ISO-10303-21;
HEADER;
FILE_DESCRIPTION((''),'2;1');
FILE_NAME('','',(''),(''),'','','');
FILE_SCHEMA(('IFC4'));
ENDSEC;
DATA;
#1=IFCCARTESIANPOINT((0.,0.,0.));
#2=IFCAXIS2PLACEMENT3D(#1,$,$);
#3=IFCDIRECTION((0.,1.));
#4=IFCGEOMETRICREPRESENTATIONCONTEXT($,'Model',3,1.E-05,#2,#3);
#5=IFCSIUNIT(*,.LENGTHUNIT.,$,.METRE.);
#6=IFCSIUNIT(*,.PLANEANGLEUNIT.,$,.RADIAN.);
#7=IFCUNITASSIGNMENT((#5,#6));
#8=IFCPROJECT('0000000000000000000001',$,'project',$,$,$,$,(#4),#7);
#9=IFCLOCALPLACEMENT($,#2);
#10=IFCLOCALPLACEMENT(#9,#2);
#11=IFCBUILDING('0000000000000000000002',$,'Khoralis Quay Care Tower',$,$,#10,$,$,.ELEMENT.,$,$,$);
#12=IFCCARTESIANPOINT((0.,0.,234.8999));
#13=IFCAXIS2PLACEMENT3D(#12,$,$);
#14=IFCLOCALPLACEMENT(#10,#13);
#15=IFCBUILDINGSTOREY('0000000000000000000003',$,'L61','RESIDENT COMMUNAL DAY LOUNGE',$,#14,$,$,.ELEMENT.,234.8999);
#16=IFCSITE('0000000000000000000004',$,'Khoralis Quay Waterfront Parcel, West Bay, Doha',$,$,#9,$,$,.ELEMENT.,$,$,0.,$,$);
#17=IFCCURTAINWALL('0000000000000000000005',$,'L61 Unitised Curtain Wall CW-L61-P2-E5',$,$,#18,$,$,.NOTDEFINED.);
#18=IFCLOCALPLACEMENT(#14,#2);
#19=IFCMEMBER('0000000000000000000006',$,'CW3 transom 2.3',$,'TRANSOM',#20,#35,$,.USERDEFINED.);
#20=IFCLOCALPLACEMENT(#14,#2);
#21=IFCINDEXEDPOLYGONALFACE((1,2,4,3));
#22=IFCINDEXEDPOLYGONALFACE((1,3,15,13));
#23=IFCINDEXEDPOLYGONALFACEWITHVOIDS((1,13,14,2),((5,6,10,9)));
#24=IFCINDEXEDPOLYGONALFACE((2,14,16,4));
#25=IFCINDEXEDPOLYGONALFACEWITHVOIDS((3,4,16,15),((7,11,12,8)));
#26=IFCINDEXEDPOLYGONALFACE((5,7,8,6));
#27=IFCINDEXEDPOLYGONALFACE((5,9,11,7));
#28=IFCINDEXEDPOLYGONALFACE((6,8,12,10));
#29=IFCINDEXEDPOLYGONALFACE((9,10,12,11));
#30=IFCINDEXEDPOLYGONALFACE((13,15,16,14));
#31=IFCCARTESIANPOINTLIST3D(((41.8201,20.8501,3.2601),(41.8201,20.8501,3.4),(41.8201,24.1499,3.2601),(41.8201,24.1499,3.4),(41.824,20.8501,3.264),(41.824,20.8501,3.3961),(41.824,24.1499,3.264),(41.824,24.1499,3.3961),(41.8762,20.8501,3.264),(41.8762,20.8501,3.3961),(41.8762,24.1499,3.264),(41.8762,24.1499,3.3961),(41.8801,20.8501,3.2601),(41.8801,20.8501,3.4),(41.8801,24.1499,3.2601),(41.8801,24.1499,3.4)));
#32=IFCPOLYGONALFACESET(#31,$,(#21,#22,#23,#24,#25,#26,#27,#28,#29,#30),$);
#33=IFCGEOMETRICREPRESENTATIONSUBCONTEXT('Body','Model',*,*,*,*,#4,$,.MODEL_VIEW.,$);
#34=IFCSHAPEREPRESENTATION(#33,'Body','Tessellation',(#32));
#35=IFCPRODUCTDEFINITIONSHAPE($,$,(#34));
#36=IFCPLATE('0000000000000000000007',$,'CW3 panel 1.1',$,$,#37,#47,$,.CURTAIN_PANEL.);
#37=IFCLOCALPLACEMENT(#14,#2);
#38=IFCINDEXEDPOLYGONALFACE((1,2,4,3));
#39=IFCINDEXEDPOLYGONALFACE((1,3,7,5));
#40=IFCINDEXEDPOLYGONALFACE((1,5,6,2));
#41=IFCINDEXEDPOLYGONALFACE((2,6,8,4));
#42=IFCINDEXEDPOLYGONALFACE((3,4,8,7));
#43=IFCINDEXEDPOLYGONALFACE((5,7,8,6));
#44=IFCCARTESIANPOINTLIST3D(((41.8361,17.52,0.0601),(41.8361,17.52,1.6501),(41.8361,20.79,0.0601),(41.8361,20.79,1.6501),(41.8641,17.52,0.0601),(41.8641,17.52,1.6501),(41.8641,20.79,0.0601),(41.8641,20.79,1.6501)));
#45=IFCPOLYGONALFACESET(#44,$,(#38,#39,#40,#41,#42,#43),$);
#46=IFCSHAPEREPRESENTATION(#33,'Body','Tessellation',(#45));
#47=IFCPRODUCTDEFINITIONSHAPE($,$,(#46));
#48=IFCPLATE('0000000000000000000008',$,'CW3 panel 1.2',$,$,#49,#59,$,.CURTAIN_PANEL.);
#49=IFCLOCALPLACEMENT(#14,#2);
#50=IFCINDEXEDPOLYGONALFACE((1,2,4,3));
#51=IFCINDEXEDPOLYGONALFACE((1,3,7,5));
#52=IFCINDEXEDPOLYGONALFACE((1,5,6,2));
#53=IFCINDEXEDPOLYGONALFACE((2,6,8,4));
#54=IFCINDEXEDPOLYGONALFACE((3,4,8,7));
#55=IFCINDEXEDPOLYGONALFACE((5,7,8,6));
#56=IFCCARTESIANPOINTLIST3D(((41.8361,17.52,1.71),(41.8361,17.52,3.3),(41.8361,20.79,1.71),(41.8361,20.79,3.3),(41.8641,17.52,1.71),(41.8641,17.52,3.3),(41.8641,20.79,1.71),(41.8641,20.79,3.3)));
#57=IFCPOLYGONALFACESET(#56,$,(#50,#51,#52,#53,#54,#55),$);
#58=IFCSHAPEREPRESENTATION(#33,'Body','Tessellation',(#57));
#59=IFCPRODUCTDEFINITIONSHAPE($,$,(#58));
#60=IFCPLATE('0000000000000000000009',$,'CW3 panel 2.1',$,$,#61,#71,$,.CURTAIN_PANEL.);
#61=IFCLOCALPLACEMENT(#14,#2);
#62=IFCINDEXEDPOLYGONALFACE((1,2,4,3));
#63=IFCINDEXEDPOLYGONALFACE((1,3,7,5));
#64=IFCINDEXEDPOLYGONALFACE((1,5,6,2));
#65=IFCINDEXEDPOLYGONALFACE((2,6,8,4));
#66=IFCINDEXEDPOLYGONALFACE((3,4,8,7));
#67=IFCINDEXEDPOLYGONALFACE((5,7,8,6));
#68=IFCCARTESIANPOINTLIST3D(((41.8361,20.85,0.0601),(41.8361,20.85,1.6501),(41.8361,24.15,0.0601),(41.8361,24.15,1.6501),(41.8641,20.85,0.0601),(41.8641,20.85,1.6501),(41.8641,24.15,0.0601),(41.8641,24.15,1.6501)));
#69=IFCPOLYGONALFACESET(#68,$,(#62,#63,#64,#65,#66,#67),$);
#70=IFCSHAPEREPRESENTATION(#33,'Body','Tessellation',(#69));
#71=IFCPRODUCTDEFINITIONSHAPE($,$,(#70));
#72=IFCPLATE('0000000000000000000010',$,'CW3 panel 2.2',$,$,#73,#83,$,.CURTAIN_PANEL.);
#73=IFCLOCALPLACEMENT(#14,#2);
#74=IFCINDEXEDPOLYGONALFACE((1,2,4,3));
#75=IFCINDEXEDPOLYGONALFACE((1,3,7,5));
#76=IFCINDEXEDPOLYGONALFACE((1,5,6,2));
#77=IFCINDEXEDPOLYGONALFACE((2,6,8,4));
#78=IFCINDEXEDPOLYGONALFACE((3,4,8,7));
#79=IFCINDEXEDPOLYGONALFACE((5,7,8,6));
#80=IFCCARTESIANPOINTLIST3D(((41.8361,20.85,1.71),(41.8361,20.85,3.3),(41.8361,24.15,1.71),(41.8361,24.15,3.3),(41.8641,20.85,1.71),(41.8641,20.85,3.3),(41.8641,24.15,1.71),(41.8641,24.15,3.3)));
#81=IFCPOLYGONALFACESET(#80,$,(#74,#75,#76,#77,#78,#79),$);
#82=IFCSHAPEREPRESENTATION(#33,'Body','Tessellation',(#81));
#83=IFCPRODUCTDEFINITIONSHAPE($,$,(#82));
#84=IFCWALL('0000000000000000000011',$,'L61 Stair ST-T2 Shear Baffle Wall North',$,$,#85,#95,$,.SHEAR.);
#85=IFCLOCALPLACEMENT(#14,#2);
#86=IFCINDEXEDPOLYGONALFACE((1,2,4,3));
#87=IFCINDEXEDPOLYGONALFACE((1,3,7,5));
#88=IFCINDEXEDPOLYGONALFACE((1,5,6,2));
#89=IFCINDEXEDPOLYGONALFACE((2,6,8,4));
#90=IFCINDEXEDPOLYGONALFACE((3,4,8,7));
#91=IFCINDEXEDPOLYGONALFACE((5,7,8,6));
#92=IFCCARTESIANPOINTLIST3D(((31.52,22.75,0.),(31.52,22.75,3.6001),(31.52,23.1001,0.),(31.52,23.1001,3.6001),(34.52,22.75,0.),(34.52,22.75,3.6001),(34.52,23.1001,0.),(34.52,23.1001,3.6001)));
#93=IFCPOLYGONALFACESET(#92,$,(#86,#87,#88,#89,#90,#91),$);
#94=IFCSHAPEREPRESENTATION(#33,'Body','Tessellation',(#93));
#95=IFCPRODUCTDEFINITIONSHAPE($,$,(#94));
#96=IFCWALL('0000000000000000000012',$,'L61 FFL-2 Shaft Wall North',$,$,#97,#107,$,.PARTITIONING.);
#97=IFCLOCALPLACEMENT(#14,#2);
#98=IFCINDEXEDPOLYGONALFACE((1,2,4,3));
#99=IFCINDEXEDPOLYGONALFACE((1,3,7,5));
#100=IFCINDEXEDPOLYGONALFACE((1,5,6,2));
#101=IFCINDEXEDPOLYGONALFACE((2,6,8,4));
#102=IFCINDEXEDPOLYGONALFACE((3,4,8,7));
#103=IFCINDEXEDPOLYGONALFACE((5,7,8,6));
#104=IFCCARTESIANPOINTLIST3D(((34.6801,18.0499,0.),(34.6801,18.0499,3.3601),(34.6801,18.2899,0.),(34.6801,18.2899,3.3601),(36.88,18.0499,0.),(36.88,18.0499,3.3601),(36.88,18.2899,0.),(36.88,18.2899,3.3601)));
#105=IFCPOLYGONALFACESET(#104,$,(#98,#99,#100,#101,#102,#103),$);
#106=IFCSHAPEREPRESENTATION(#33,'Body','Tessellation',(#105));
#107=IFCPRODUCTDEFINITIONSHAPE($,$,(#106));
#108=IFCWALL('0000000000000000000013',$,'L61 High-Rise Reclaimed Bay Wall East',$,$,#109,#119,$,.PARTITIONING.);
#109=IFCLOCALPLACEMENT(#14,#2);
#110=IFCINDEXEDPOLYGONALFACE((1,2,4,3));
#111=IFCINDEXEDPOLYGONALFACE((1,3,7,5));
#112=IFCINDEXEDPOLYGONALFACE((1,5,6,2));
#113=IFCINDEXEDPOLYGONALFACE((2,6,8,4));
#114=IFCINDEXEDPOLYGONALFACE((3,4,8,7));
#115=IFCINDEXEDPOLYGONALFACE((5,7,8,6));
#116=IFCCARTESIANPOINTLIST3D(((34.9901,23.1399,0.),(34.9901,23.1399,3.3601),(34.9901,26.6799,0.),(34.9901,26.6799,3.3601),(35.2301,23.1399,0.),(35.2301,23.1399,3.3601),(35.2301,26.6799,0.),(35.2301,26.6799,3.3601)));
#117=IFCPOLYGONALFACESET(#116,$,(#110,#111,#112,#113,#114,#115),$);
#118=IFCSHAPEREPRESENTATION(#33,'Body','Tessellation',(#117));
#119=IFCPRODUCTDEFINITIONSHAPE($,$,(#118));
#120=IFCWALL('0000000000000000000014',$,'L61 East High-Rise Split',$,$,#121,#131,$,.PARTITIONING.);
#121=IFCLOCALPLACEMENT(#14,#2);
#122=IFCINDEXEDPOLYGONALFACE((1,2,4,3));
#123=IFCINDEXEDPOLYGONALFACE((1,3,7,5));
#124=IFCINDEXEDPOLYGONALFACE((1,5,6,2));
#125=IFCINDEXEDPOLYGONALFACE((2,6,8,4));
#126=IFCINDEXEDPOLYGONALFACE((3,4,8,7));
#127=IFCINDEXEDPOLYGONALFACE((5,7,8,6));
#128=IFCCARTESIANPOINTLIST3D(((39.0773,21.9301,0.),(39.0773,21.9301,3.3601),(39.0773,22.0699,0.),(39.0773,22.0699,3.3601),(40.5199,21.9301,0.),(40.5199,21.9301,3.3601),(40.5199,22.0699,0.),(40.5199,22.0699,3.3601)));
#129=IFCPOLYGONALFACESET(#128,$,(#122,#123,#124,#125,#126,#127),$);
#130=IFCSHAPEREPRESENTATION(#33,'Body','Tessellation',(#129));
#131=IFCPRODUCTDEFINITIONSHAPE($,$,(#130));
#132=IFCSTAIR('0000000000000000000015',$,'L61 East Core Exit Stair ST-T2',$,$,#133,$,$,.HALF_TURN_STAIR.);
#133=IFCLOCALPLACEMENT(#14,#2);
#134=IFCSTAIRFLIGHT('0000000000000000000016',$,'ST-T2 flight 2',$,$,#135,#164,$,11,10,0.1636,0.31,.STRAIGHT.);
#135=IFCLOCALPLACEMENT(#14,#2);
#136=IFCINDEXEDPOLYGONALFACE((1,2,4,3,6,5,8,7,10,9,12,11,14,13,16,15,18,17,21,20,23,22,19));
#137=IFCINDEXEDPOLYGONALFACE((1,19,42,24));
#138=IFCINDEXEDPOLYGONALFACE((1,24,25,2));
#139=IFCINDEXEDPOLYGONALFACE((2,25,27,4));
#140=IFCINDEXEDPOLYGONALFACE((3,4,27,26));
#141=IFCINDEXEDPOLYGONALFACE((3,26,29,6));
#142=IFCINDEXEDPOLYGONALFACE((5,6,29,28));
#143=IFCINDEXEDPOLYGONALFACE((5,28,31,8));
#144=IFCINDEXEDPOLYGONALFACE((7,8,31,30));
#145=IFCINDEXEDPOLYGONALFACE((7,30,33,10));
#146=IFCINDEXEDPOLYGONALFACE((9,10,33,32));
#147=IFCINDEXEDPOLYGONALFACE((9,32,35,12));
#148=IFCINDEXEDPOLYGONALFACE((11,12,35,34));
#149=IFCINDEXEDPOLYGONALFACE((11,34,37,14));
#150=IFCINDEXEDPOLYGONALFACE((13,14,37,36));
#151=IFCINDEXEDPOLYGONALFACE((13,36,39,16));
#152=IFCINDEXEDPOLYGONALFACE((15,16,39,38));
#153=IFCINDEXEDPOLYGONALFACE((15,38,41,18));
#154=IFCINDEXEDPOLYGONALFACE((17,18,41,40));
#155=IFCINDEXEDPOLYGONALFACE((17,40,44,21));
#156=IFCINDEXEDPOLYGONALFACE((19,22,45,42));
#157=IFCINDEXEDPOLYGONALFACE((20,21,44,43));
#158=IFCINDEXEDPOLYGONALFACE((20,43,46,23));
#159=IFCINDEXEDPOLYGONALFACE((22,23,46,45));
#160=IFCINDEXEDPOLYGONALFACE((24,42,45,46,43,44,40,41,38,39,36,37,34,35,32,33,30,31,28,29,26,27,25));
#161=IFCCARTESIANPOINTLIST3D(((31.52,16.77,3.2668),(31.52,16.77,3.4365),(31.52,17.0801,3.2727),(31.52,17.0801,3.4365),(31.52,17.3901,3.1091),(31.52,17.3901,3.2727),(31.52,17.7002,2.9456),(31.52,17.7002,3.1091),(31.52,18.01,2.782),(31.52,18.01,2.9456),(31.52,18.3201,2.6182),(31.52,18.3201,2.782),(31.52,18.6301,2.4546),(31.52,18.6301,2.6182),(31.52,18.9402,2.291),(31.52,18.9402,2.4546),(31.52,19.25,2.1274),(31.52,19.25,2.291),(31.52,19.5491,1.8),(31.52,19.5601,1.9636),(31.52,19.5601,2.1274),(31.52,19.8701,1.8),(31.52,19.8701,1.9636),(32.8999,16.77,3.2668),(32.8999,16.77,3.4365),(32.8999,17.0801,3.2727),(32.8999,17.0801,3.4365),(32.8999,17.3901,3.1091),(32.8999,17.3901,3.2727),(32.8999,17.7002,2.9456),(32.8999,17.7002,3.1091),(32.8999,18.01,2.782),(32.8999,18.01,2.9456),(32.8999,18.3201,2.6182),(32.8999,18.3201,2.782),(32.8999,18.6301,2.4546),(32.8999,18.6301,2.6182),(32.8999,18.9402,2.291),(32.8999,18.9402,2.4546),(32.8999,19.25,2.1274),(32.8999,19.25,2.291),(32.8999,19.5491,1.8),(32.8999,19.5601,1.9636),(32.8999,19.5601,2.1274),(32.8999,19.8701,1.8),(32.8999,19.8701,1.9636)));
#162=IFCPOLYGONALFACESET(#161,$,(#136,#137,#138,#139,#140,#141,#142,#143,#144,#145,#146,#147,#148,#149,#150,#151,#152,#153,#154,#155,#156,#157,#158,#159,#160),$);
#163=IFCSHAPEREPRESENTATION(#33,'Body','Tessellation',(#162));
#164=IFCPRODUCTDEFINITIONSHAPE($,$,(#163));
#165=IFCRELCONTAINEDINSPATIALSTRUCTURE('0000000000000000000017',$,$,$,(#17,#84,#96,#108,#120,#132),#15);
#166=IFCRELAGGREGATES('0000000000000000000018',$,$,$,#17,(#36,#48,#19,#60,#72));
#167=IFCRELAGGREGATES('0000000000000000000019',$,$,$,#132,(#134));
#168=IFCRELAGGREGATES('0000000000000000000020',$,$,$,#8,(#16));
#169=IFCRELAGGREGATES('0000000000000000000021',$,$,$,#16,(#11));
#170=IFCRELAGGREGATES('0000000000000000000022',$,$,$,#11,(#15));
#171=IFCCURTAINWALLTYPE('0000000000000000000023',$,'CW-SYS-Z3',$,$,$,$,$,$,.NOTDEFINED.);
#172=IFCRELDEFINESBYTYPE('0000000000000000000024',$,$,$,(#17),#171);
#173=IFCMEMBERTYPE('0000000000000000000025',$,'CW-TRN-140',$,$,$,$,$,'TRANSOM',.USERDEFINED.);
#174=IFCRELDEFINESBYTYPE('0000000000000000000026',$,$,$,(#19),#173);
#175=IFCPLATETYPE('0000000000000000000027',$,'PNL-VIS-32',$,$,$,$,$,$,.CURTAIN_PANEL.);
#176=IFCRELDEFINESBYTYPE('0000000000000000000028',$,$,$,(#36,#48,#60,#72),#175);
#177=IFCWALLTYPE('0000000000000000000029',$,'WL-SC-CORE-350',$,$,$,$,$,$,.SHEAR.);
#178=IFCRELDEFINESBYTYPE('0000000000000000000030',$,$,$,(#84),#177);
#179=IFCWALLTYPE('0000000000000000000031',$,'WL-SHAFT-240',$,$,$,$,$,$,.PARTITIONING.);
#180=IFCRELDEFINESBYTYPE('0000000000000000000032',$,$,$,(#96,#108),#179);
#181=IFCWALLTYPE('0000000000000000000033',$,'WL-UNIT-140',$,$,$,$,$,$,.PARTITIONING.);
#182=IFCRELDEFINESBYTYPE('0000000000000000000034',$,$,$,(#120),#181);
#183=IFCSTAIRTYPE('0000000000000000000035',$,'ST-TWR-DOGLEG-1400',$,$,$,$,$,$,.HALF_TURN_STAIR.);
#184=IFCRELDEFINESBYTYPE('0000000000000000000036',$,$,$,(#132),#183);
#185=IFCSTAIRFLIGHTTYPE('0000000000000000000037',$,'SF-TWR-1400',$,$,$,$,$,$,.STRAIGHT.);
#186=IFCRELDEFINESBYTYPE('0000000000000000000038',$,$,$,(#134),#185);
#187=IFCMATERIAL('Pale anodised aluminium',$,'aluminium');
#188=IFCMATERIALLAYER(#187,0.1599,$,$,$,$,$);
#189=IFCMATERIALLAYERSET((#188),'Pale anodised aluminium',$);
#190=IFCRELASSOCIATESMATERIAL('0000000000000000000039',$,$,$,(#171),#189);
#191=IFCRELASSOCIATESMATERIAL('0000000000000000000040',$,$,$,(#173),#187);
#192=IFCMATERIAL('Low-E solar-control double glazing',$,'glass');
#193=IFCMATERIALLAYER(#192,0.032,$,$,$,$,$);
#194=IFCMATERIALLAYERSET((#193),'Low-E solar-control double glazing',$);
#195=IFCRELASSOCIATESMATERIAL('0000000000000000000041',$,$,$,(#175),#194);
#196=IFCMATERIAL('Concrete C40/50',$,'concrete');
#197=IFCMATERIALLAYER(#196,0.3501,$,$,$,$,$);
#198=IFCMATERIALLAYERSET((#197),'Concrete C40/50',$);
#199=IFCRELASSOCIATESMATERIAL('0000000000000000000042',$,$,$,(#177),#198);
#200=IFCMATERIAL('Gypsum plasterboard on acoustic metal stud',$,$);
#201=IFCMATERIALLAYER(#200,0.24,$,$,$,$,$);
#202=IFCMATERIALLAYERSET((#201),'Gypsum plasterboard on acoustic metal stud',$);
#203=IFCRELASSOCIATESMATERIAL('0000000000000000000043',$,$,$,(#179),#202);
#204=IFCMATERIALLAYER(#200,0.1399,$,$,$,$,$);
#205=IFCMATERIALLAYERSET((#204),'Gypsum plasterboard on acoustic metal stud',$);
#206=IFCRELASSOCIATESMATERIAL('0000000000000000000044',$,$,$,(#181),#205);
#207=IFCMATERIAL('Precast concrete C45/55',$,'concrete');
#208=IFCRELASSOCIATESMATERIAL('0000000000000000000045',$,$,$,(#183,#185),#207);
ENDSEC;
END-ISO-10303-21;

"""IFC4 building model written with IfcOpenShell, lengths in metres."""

from ifc_helpers import new_model, si_unit, direction, frame, frame_2d, origin, origin_2d, place, context, subcontext, project, spatial, polyline, rectangle, hollow_rectangle, outline, extrude, source, transform, mapped, material, layer, layer_set, material_profile, profile_set, type_object, element, aggregate, save


model = new_model("IFC4")

# Units and contexts
model_context = context("Model", 3, precision=1e-05, world=origin(), true_north=direction((0.0, 1.0)))
body_context = subcontext(model_context, "Body", "Model", "MODEL_VIEW")
ifc_project = project(units=[si_unit("LENGTHUNIT", "METRE"), si_unit("PLANEANGLEUNIT", "RADIAN")], contexts=[model_context])

# Site, building, storey
site_placement = place(None, origin())
site = spatial("IfcSite", under=ifc_project, at=site_placement, Name="Khoralis Quay Waterfront Parcel, West Bay, Doha", CompositionType="ELEMENT", RefElevation=0.0)
building_placement = place(site_placement, origin())
building = spatial("IfcBuilding", under=site, at=building_placement, Name="Khoralis Quay Care Tower", CompositionType="ELEMENT")
storey_placement = place(building_placement, frame((0.0, 0.0, 234.8999)))
storey = spatial("IfcBuildingStorey", under=building, at=storey_placement, Name="L61", Description="RESIDENT COMMUNAL DAY LOUNGE", CompositionType="ELEMENT", Elevation=234.8999)

# Curtain wall, member, plates
ifc_material_1 = material(Name="Pale anodised aluminium", Category="aluminium")
ifc_layer_1 = layer(ifc_material_1, 0.1599)
ifc_layer_set_1 = layer_set([ifc_layer_1], Name="Pale anodised aluminium")
curtain_wall_type = type_object("IfcCurtainWallType", Name="CW-SYS-Z3", PredefinedType="NOTDEFINED", material=ifc_layer_set_1)
curtain_wall_placement = place(storey_placement, origin())
curtain_wall = element("IfcCurtainWall", 1, at=curtain_wall_placement, inside=storey, type_object=curtain_wall_type, Name="L61 Unitised Curtain Wall CW-L61-P2-E5", PredefinedType="NOTDEFINED")
ifc_material_profile_1 = material_profile(ifc_material_1, hollow_rectangle(XDim=0.0601, YDim=0.1399, WallThickness=0.0039, at=origin_2d()), Name="Pale anodised aluminium")
ifc_profile_set_1 = profile_set([ifc_material_profile_1], Name="Pale anodised aluminium")
member_type_1 = type_object("IfcMemberType", Name="CW-TRN-140", ElementType="TRANSOM", PredefinedType="USERDEFINED", material=ifc_profile_set_1)
shared_shape_1 = source(origin(), body_context, "Body", "SweptSolid", [
    extrude(hollow_rectangle(XDim=0.0601, YDim=0.1399, WallThickness=0.0039, at=origin_2d()), origin(), (0.0, 0.0, 1.0), 3.2998),
])
member_1_placement = place(storey_placement, frame((41.8501, 20.8501, 3.3301), z_axis=(0.0, 1.0, 0.0), x_axis=(-1.0, 0.0, 0.0)))
member_1 = element("IfcMember", 2, at=member_1_placement, type_object=member_type_1, Name="CW3 transom 2.3", ObjectType="TRANSOM", PredefinedType="USERDEFINED", context=body_context, shape_type="MappedRepresentation", body=[
    mapped(shared_shape_1, transform((0.0, 0.0, 0.0), scale=1.0)),
])
ifc_material_2 = material(Name="Low-E solar-control double glazing", Category="glass")
ifc_layer_2 = layer(ifc_material_2, 0.032)
ifc_layer_set_2 = layer_set([ifc_layer_2], Name="Low-E solar-control double glazing")
plate_type = type_object("IfcPlateType", Name="PNL-VIS-32", PredefinedType="CURTAIN_PANEL", material=ifc_layer_set_2)
shared_shape_2 = source(origin(), body_context, "Body", "SweptSolid", [
    extrude(rectangle(XDim=3.27, YDim=0.0281, at=origin_2d()), origin(), (0.0, 0.0, 1.0), 1.5901),
])
plate_1_placement = place(storey_placement, frame((41.8501, 19.155, 0.0601), z_axis=(0.0, 0.0, 1.0), x_axis=(0.0, 1.0, 0.0)))
plate_1 = element("IfcPlate", 3, at=plate_1_placement, type_object=plate_type, Name="CW3 panel 1.1", PredefinedType="CURTAIN_PANEL", context=body_context, shape_type="MappedRepresentation", body=[
    mapped(shared_shape_2, transform((0.0, 0.0, 0.0), scale=1.0)),
])
plate_2_placement = place(storey_placement, frame((41.8501, 19.155, 1.71), z_axis=(0.0, 0.0, 1.0), x_axis=(0.0, 1.0, 0.0)))
plate_2 = element("IfcPlate", 4, at=plate_2_placement, type_object=plate_type, Name="CW3 panel 1.2", PredefinedType="CURTAIN_PANEL", context=body_context, shape_type="MappedRepresentation", body=[
    mapped(shared_shape_2, transform((0.0, 0.0, 0.0), scale=1.0)),
])
shared_shape_3 = source(origin(), body_context, "Body", "SweptSolid", [
    extrude(rectangle(XDim=3.3, YDim=0.0281, at=origin_2d()), origin(), (0.0, 0.0, 1.0), 1.5901),
])
plate_3_placement = place(storey_placement, frame((41.8501, 22.5, 0.0601), z_axis=(0.0, 0.0, 1.0), x_axis=(0.0, 1.0, 0.0)))
plate_3 = element("IfcPlate", 5, at=plate_3_placement, type_object=plate_type, Name="CW3 panel 2.1", PredefinedType="CURTAIN_PANEL", context=body_context, shape_type="MappedRepresentation", body=[
    mapped(shared_shape_3, transform((0.0, 0.0, 0.0), scale=1.0)),
])
plate_4_placement = place(storey_placement, frame((41.8501, 22.5, 1.71), z_axis=(0.0, 0.0, 1.0), x_axis=(0.0, 1.0, 0.0)))
plate_4 = element("IfcPlate", 6, at=plate_4_placement, type_object=plate_type, Name="CW3 panel 2.2", PredefinedType="CURTAIN_PANEL", context=body_context, shape_type="MappedRepresentation", body=[
    mapped(shared_shape_3, transform((0.0, 0.0, 0.0), scale=1.0)),
])
aggregate(curtain_wall, [plate_1, plate_2, member_1, plate_3, plate_4])

# Walls
ifc_material_3 = material(Name="Concrete C40/50", Category="concrete")
ifc_layer_3 = layer(ifc_material_3, 0.3501)
ifc_layer_set_3 = layer_set([ifc_layer_3], Name="Concrete C40/50")
wall_type_1 = type_object("IfcWallType", Name="WL-SC-CORE-350", PredefinedType="SHEAR", material=ifc_layer_set_3)
wall_1_placement = place(storey_placement, frame((31.52, 22.925, 0.0), z_axis=(0.0, 0.0, 1.0), x_axis=(1.0, 0.0, 0.0)))
element("IfcWall", 7, at=wall_1_placement, inside=storey, type_object=wall_type_1, Name="L61 Stair ST-T2 Shear Baffle Wall North", PredefinedType="SHEAR", context=body_context, shape_type="SweptSolid", body=[
    extrude(rectangle(XDim=3.0, YDim=0.3501, at=frame_2d((1.5, 0.0))), origin(), (0.0, 0.0, 1.0), 3.6001),
])
ifc_material_4 = material(Name="Gypsum plasterboard on acoustic metal stud")
ifc_layer_4 = layer(ifc_material_4, 0.24)
ifc_layer_set_4 = layer_set([ifc_layer_4], Name="Gypsum plasterboard on acoustic metal stud")
wall_type_2 = type_object("IfcWallType", Name="WL-SHAFT-240", PredefinedType="PARTITIONING", material=ifc_layer_set_4)
wall_2_placement = place(storey_placement, frame((34.6799, 18.1699, 0.0), z_axis=(0.0, 0.0, 1.0), x_axis=(1.0, 0.0, 0.0)))
element("IfcWall", 8, at=wall_2_placement, inside=storey, type_object=wall_type_2, Name="L61 FFL-2 Shaft Wall North", PredefinedType="PARTITIONING", context=body_context, shape_type="SweptSolid", body=[
    extrude(rectangle(XDim=2.2, YDim=0.24, at=frame_2d((1.1001, 0.0))), origin(), (0.0, 0.0, 1.0), 3.3601),
])
wall_3_placement = place(storey_placement, frame((35.1101, 23.1399, 0.0), z_axis=(0.0, 0.0, 1.0), x_axis=(0.0, 1.0, 0.0)))
element("IfcWall", 9, at=wall_3_placement, inside=storey, type_object=wall_type_2, Name="L61 High-Rise Reclaimed Bay Wall East", PredefinedType="PARTITIONING", context=body_context, shape_type="SweptSolid", body=[
    extrude(rectangle(XDim=3.54, YDim=0.24, at=frame_2d((1.77, 0.0))), origin(), (0.0, 0.0, 1.0), 3.3601),
])
ifc_layer_5 = layer(ifc_material_4, 0.1399)
ifc_layer_set_5 = layer_set([ifc_layer_5], Name="Gypsum plasterboard on acoustic metal stud")
wall_type_3 = type_object("IfcWallType", Name="WL-UNIT-140", PredefinedType="PARTITIONING", material=ifc_layer_set_5)
wall_4_placement = place(storey_placement, frame((39.0774, 22.0, 0.0), z_axis=(0.0, 0.0, 1.0), x_axis=(1.0, 0.0, 0.0)))
element("IfcWall", 10, at=wall_4_placement, inside=storey, type_object=wall_type_3, Name="L61 East High-Rise Split", PredefinedType="PARTITIONING", context=body_context, shape_type="SweptSolid", body=[
    extrude(rectangle(XDim=1.4426, YDim=0.1399, at=frame_2d((0.7212, 0.0))), origin(), (0.0, 0.0, 1.0), 3.3601),
])

# Stair, stair flight
ifc_material_5 = material(Name="Precast concrete C45/55", Category="concrete")
stair_type = type_object("IfcStairType", Name="ST-TWR-DOGLEG-1400", PredefinedType="HALF_TURN_STAIR", material=ifc_material_5)
stair_placement = place(storey_placement, origin())
stair = element("IfcStair", 11, at=stair_placement, inside=storey, type_object=stair_type, Name="L61 East Core Exit Stair ST-T2", PredefinedType="HALF_TURN_STAIR")
stair_flight_type = type_object("IfcStairFlightType", Name="SF-TWR-1400", PredefinedType="STRAIGHT", material=ifc_material_5)
shared_shape_4 = source(origin(), body_context, "Body", "SweptSolid", [
    extrude(outline(polyline([(0.0, 0.0), (0.0, 0.1636), (0.3101, 0.1636), (0.3101, 0.3274), (0.6201, 0.3274), (0.6201, 0.491), (0.9299, 0.491), (0.9299, 0.6545), (1.24, 0.6545), (1.24, 0.8181), (1.55, 0.8181), (1.55, 0.9819), (1.8601, 0.9819), (1.8601, 1.1455), (2.1699, 1.1455), (2.1699, 1.3091), (2.48, 1.3091), (2.48, 1.4727), (2.79, 1.4727), (2.79, 1.6365), (3.1001, 1.6365), (3.1001, 1.8), (3.1001, 1.4668), (0.321, 0.0), (0.0, 0.0)])), frame((0.0, 0.6899, 0.0), z_axis=(0.0, -1.0, 0.0), x_axis=(1.0, 0.0, 0.0)), (0.0, 0.0, 1.0), 1.3799),
])
stair_flight_placement = place(storey_placement, frame((32.21, 19.8701, 1.8), z_axis=(0.0, 0.0, 1.0), x_axis=(0.0, -1.0, 0.0)))
stair_flight = element("IfcStairFlight", 12, at=stair_flight_placement, type_object=stair_flight_type, Name="ST-T2 flight 2", NumberOfRisers=11, NumberOfTreads=10, PredefinedType="STRAIGHT", RiserHeight=0.1636, TreadLength=0.31, context=body_context, shape_type="MappedRepresentation", body=[
    mapped(shared_shape_4, transform((0.0, 0.0, 0.0), scale=1.0)),
])
aggregate(stair, [stair_flight])

save(model, "model.ifc")
